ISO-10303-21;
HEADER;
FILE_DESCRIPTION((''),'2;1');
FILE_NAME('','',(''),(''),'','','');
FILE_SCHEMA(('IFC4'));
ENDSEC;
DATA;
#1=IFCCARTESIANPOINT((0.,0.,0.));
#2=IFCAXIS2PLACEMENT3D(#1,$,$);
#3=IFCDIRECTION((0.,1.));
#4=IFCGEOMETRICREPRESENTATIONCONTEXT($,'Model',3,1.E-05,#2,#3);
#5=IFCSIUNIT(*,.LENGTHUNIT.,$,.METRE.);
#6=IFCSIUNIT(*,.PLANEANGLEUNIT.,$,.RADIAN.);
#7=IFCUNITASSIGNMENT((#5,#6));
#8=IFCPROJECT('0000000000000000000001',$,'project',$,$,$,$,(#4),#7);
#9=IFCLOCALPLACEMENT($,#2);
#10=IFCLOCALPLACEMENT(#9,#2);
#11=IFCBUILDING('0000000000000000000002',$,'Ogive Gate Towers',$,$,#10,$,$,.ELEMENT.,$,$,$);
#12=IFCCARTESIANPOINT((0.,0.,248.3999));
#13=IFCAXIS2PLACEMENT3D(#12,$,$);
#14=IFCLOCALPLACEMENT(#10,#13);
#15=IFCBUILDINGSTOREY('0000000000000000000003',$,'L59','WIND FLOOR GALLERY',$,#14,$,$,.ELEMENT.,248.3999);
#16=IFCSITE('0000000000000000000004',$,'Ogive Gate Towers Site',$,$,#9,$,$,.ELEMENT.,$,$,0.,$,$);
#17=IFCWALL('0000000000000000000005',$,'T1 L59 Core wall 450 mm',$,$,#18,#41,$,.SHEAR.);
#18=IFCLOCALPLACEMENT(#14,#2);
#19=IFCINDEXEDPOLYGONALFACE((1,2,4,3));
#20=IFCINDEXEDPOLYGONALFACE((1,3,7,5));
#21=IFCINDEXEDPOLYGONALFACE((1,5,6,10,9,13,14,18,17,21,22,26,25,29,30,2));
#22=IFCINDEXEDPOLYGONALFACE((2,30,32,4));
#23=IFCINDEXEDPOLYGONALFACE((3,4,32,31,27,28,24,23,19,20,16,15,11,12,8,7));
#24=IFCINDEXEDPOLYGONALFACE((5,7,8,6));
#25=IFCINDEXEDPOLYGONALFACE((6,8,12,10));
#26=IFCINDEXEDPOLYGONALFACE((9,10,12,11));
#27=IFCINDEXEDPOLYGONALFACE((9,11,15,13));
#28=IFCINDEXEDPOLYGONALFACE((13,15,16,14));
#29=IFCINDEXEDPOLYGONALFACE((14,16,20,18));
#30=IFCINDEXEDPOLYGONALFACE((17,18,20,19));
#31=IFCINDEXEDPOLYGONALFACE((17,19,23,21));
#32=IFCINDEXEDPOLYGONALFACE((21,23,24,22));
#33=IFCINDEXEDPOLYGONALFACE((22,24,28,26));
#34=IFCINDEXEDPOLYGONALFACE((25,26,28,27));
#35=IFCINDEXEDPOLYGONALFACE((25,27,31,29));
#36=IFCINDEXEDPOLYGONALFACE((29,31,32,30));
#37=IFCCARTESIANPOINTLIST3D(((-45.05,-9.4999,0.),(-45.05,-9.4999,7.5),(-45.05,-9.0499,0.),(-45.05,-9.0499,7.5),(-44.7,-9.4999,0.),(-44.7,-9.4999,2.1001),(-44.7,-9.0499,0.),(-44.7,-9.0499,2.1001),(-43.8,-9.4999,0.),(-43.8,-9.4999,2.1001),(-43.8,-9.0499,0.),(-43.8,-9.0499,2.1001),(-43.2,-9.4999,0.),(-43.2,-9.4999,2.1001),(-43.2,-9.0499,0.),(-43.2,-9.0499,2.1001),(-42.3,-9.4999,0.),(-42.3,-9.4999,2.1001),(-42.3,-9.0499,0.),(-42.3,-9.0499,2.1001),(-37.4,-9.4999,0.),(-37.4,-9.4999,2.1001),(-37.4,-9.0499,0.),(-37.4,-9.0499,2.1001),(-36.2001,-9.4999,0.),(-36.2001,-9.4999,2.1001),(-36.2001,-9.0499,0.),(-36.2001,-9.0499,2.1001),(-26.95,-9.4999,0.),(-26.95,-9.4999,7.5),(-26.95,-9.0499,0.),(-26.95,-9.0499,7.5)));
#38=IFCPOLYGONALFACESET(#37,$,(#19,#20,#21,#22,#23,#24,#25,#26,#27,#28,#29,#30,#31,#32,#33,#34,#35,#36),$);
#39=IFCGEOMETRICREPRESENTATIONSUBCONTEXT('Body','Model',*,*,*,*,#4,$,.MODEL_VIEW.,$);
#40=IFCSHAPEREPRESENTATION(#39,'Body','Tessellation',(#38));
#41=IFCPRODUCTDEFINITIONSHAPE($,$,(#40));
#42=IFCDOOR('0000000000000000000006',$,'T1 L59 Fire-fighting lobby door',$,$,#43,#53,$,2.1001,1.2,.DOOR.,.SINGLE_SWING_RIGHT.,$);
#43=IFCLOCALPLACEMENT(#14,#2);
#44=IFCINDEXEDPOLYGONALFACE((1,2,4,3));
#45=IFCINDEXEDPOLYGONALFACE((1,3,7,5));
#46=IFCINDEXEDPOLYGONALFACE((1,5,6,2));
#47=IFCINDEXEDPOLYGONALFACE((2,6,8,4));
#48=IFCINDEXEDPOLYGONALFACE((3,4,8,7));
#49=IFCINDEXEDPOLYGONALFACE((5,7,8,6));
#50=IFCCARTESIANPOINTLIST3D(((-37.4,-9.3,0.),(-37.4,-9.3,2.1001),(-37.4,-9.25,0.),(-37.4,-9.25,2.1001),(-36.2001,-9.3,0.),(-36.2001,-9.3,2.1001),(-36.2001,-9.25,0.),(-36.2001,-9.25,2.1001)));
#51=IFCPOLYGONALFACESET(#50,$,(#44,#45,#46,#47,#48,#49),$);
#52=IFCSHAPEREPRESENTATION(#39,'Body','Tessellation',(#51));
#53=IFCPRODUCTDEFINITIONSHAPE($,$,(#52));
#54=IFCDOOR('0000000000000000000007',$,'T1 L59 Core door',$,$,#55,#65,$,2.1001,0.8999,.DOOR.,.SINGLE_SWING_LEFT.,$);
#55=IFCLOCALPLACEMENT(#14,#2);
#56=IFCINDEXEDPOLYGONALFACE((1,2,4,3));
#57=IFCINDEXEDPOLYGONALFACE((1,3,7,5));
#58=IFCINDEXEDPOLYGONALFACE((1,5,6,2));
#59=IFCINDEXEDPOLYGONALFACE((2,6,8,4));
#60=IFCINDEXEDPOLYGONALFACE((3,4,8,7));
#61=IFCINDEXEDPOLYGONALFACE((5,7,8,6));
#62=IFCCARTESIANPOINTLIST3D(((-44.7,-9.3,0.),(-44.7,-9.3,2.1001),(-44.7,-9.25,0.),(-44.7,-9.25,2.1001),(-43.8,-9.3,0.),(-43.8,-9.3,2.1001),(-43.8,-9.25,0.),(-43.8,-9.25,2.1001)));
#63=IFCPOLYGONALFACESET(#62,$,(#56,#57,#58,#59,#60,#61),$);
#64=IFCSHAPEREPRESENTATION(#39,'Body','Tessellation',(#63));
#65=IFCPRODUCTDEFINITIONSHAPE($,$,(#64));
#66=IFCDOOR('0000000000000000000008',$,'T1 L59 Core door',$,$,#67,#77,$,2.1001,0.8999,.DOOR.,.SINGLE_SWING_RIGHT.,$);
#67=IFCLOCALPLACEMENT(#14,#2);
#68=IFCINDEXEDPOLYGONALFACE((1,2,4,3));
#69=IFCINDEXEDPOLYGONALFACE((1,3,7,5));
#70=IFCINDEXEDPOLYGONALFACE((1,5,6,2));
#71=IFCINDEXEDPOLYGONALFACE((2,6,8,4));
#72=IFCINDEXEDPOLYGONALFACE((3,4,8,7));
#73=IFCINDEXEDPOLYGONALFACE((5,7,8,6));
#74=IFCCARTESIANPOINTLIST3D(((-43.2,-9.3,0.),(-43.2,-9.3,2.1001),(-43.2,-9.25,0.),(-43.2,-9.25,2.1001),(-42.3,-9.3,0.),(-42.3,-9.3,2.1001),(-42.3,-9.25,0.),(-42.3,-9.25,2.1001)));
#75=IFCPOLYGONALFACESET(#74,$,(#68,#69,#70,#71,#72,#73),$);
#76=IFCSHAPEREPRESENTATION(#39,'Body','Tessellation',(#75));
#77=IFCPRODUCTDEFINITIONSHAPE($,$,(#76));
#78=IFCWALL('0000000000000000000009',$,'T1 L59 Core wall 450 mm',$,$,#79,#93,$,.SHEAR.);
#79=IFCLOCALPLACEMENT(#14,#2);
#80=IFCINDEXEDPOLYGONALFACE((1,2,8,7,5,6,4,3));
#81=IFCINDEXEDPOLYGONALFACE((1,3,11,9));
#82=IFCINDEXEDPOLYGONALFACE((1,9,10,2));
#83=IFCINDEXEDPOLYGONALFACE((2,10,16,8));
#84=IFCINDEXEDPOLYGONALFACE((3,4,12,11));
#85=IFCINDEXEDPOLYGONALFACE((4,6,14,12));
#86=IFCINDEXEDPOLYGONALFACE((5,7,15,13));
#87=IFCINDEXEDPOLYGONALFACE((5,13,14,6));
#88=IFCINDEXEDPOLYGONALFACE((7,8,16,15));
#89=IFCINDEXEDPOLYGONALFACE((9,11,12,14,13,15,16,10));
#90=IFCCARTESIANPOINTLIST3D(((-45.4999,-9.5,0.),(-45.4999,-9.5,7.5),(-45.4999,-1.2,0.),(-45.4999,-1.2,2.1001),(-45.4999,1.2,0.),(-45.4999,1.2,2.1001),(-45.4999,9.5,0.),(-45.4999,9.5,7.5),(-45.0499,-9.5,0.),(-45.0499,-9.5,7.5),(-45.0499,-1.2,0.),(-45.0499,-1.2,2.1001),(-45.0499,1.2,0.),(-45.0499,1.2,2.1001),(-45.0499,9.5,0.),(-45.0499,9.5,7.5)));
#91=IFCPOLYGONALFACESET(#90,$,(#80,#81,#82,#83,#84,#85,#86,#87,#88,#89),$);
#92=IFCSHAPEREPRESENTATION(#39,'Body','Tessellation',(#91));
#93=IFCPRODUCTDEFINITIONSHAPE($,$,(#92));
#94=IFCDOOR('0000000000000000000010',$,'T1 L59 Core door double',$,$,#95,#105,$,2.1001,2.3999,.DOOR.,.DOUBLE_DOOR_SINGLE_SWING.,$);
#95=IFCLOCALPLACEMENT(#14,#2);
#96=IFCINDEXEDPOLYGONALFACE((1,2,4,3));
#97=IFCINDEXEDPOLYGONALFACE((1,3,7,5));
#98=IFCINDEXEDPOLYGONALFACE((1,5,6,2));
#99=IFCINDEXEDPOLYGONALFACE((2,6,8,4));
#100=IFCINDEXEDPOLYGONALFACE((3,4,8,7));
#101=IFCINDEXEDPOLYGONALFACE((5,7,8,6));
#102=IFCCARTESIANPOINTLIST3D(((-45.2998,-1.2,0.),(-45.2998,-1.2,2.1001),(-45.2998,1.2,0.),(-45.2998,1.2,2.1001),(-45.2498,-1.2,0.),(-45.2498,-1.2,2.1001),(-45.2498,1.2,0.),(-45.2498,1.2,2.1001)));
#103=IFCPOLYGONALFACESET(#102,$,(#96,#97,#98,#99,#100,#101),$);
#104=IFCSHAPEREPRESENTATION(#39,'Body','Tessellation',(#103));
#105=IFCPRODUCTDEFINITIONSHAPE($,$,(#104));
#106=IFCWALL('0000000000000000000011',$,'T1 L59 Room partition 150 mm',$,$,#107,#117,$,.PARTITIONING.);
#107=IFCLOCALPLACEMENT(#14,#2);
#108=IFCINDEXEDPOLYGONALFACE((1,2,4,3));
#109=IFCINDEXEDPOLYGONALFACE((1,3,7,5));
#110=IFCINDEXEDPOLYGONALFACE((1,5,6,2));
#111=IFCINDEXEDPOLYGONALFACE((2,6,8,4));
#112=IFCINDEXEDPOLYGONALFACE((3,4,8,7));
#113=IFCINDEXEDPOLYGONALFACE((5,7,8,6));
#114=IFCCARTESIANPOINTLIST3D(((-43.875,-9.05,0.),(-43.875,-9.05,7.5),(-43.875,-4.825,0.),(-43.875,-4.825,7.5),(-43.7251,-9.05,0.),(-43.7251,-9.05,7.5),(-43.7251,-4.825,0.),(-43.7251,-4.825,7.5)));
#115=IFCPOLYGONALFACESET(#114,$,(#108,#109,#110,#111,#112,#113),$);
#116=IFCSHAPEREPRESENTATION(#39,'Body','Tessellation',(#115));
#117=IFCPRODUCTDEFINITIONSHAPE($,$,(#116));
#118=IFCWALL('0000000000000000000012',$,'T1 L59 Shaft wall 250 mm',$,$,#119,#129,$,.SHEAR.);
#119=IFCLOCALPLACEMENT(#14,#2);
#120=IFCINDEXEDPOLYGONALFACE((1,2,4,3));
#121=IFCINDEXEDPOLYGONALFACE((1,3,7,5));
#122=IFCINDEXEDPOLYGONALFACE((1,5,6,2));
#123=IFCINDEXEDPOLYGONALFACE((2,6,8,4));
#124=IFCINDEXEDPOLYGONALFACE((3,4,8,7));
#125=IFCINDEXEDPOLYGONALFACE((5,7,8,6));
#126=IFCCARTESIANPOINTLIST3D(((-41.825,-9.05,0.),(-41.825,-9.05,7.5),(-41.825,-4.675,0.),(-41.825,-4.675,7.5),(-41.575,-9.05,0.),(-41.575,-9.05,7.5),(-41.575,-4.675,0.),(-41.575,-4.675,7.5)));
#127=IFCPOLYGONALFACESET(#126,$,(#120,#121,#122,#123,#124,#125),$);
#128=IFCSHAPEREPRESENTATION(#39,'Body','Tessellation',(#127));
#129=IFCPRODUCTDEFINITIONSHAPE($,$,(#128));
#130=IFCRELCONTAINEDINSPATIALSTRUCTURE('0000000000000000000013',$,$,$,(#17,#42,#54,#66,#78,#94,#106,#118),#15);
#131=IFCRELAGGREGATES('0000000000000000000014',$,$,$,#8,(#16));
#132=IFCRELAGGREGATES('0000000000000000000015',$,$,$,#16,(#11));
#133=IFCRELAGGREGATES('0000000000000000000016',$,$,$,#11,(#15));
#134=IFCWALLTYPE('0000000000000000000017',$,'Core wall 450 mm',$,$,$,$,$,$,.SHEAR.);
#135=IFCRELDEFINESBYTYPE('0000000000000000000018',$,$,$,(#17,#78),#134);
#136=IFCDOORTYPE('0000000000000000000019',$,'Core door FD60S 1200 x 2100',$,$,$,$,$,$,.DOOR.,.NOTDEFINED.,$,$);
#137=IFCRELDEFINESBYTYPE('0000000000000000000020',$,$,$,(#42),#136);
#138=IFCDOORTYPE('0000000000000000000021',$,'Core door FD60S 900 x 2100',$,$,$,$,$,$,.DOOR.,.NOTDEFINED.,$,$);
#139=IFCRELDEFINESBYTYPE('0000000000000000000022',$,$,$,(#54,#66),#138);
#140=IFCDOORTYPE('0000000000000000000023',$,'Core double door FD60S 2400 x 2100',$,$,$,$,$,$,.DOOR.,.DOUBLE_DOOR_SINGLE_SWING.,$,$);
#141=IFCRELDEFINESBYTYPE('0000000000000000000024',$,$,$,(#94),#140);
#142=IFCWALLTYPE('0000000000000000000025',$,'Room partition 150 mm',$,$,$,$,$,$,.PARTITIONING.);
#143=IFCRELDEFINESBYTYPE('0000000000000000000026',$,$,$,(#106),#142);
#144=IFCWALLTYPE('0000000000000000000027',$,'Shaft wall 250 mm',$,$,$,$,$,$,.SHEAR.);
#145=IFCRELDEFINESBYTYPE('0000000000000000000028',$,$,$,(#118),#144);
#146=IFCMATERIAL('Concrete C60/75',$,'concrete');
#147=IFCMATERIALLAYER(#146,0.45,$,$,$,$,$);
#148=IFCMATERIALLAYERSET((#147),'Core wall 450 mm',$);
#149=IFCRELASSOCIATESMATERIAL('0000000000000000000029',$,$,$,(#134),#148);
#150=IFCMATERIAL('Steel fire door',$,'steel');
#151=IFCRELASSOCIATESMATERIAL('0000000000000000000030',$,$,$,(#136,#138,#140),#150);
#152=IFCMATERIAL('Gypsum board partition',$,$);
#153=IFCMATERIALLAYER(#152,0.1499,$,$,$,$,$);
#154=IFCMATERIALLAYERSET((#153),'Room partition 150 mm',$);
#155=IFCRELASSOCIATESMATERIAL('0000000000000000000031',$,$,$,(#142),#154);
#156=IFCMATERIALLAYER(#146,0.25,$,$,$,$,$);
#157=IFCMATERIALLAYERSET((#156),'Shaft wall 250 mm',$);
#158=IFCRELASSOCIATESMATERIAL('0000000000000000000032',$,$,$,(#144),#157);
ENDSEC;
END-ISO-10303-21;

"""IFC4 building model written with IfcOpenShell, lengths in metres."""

from ifc_helpers import new_model, si_unit, direction, frame, frame_2d, origin, place, context, subcontext, project, spatial, rectangle, extrude, material, layer, layer_set, type_object, element, fill, save


model = new_model("IFC4")

# Units and contexts
model_context = context("Model", 3, precision=1e-05, world=origin(), true_north=direction((0.0, 1.0)))
body_context = subcontext(model_context, "Body", "Model", "MODEL_VIEW")
ifc_project = project(units=[si_unit("LENGTHUNIT", "METRE"), si_unit("PLANEANGLEUNIT", "RADIAN")], contexts=[model_context])

# Site, building, storey
site_placement = place(None, origin())
site = spatial("IfcSite", under=ifc_project, at=site_placement, Name="Ogive Gate Towers Site", CompositionType="ELEMENT", RefElevation=0.0)
building_placement = place(site_placement, origin())
building = spatial("IfcBuilding", under=site, at=building_placement, Name="Ogive Gate Towers", CompositionType="ELEMENT")
storey_placement = place(building_placement, frame((0.0, 0.0, 248.3999)))
storey = spatial("IfcBuildingStorey", under=building, at=storey_placement, Name="L59", Description="WIND FLOOR GALLERY", CompositionType="ELEMENT", Elevation=248.3999)

# Wall, openings, doors
ifc_material_1 = material(Name="Concrete C60/75", Category="concrete")
ifc_layer_1 = layer(ifc_material_1, 0.45)
ifc_layer_set_1 = layer_set([ifc_layer_1], Name="Core wall 450 mm")
wall_type_1 = type_object("IfcWallType", Name="Core wall 450 mm", PredefinedType="SHEAR", material=ifc_layer_set_1)
wall_1_placement = place(storey_placement, frame((-45.05, -9.2749, 0.0), z_axis=(0.0, 0.0, 1.0), x_axis=(1.0, 0.0, 0.0)))
wall_1 = element("IfcWall", 1, at=wall_1_placement, inside=storey, type_object=wall_type_1, Name="T1 L59 Core wall 450 mm", PredefinedType="SHEAR", context=body_context, shape_type="SweptSolid", body=[
    extrude(rectangle(XDim=18.1001, YDim=0.45, at=frame_2d((9.05, 0.0))), origin(), (0.0, 0.0, 1.0), 7.5),
])
opening_1_placement = place(wall_1_placement, frame((7.6499, 0.0, 0.0)))
opening_1 = element("IfcOpeningElement", 2, at=opening_1_placement, cuts=wall_1, PredefinedType="OPENING", context=body_context, shape_type="SweptSolid", body=[
    extrude(rectangle(XDim=1.2, YDim=2.1001, at=frame_2d((0.6001, 1.05))), frame((0.0, 0.2349, 0.0), z_axis=(0.0, -1.0, 0.0), x_axis=(1.0, 0.0, 0.0)), (0.0, 0.0, 1.0), 0.47),
])
opening_2_placement = place(wall_1_placement, frame((0.3501, 0.0, 0.0)))
opening_2 = element("IfcOpeningElement", 3, at=opening_2_placement, cuts=wall_1, PredefinedType="OPENING", context=body_context, shape_type="SweptSolid", body=[
    extrude(rectangle(XDim=0.8999, YDim=2.1001, at=frame_2d((0.45, 1.05))), frame((0.0, 0.2349, 0.0), z_axis=(0.0, -1.0, 0.0), x_axis=(1.0, 0.0, 0.0)), (0.0, 0.0, 1.0), 0.47),
])
opening_3_placement = place(wall_1_placement, frame((1.8501, 0.0, 0.0)))
opening_3 = element("IfcOpeningElement", 4, at=opening_3_placement, cuts=wall_1, PredefinedType="OPENING", context=body_context, shape_type="SweptSolid", body=[
    extrude(rectangle(XDim=0.8999, YDim=2.1001, at=frame_2d((0.45, 1.05))), frame((0.0, 0.2349, 0.0), z_axis=(0.0, -1.0, 0.0), x_axis=(1.0, 0.0, 0.0)), (0.0, 0.0, 1.0), 0.47),
])
ifc_material_2 = material(Name="Steel fire door", Category="steel")
door_type_1 = type_object("IfcDoorType", Name="Core door FD60S 1200 x 2100", OperationType="NOTDEFINED", PredefinedType="DOOR", material=ifc_material_2)
door_1_placement = place(opening_1_placement, origin())
door_1 = element("IfcDoor", 5, at=door_1_placement, inside=storey, type_object=door_type_1, Name="T1 L59 Fire-fighting lobby door", OperationType="SINGLE_SWING_RIGHT", OverallHeight=2.1001, OverallWidth=1.2, PredefinedType="DOOR", context=body_context, shape_type="SweptSolid", body=[
    extrude(rectangle(XDim=1.2, YDim=2.1001, at=frame_2d((0.6001, 1.05))), frame((0.0, 0.0249, 0.0), z_axis=(0.0, -1.0, 0.0), x_axis=(1.0, 0.0, 0.0)), (0.0, 0.0, 1.0), 0.05),
])
fill(opening_1, door_1)
door_type_2 = type_object("IfcDoorType", Name="Core door FD60S 900 x 2100", OperationType="NOTDEFINED", PredefinedType="DOOR", material=ifc_material_2)
door_2_placement = place(opening_2_placement, origin())
door_2 = element("IfcDoor", 6, at=door_2_placement, inside=storey, type_object=door_type_2, Name="T1 L59 Core door", OperationType="SINGLE_SWING_LEFT", OverallHeight=2.1001, OverallWidth=0.8999, PredefinedType="DOOR", context=body_context, shape_type="SweptSolid", body=[
    extrude(rectangle(XDim=0.8999, YDim=2.1001, at=frame_2d((0.45, 1.05))), frame((0.0, 0.0249, 0.0), z_axis=(0.0, -1.0, 0.0), x_axis=(1.0, 0.0, 0.0)), (0.0, 0.0, 1.0), 0.05),
])
fill(opening_2, door_2)
door_3_placement = place(opening_3_placement, origin())
door_3 = element("IfcDoor", 7, at=door_3_placement, inside=storey, type_object=door_type_2, Name="T1 L59 Core door", OperationType="SINGLE_SWING_RIGHT", OverallHeight=2.1001, OverallWidth=0.8999, PredefinedType="DOOR", context=body_context, shape_type="SweptSolid", body=[
    extrude(rectangle(XDim=0.8999, YDim=2.1001, at=frame_2d((0.45, 1.05))), frame((0.0, 0.0249, 0.0), z_axis=(0.0, -1.0, 0.0), x_axis=(1.0, 0.0, 0.0)), (0.0, 0.0, 1.0), 0.05),
])
fill(opening_3, door_3)

# Wall, opening, door
wall_2_placement = place(storey_placement, frame((-45.2749, -9.5, 0.0), z_axis=(0.0, 0.0, 1.0), x_axis=(0.0, 1.0, 0.0)))
wall_2 = element("IfcWall", 8, at=wall_2_placement, inside=storey, type_object=wall_type_1, Name="T1 L59 Core wall 450 mm", PredefinedType="SHEAR", context=body_context, shape_type="SweptSolid", body=[
    extrude(rectangle(XDim=19.0, YDim=0.45, at=frame_2d((9.5, 0.0))), origin(), (0.0, 0.0, 1.0), 7.5),
])
opening_4_placement = place(wall_2_placement, frame((8.3, 0.0, 0.0)))
opening_4 = element("IfcOpeningElement", 9, at=opening_4_placement, cuts=wall_2, PredefinedType="OPENING", context=body_context, shape_type="SweptSolid", body=[
    extrude(rectangle(XDim=2.3999, YDim=2.1001, at=frame_2d((1.2, 1.05))), frame((0.0, 0.2349, 0.0), z_axis=(0.0, -1.0, 0.0), x_axis=(1.0, 0.0, 0.0)), (0.0, 0.0, 1.0), 0.47),
])
door_type_3 = type_object("IfcDoorType", Name="Core double door FD60S 2400 x 2100", OperationType="DOUBLE_DOOR_SINGLE_SWING", PredefinedType="DOOR", material=ifc_material_2)
door_4_placement = place(opening_4_placement, origin())
door_4 = element("IfcDoor", 10, at=door_4_placement, inside=storey, type_object=door_type_3, Name="T1 L59 Core door double", OperationType="DOUBLE_DOOR_SINGLE_SWING", OverallHeight=2.1001, OverallWidth=2.3999, PredefinedType="DOOR", context=body_context, shape_type="SweptSolid", body=[
    extrude(rectangle(XDim=2.3999, YDim=2.1001, at=frame_2d((1.2, 1.05))), frame((0.0, 0.0249, 0.0), z_axis=(0.0, -1.0, 0.0), x_axis=(1.0, 0.0, 0.0)), (0.0, 0.0, 1.0), 0.05),
])
fill(opening_4, door_4)

# Walls
ifc_material_3 = material(Name="Gypsum board partition")
ifc_layer_2 = layer(ifc_material_3, 0.1499)
ifc_layer_set_2 = layer_set([ifc_layer_2], Name="Room partition 150 mm")
wall_type_2 = type_object("IfcWallType", Name="Room partition 150 mm", PredefinedType="PARTITIONING", material=ifc_layer_set_2)
wall_3_placement = place(storey_placement, frame((-43.8, -9.05, 0.0), z_axis=(0.0, 0.0, 1.0), x_axis=(0.0, 1.0, 0.0)))
element("IfcWall", 11, at=wall_3_placement, inside=storey, type_object=wall_type_2, Name="T1 L59 Room partition 150 mm", PredefinedType="PARTITIONING", context=body_context, shape_type="SweptSolid", body=[
    extrude(rectangle(XDim=4.2251, YDim=0.1499, at=frame_2d((2.1125, 0.0))), origin(), (0.0, 0.0, 1.0), 7.5),
])
ifc_layer_3 = layer(ifc_material_1, 0.25)
ifc_layer_set_3 = layer_set([ifc_layer_3], Name="Shaft wall 250 mm")
wall_type_3 = type_object("IfcWallType", Name="Shaft wall 250 mm", PredefinedType="SHEAR", material=ifc_layer_set_3)
wall_4_placement = place(storey_placement, frame((-41.7, -9.05, 0.0), z_axis=(0.0, 0.0, 1.0), x_axis=(0.0, 1.0, 0.0)))
element("IfcWall", 12, at=wall_4_placement, inside=storey, type_object=wall_type_3, Name="T1 L59 Shaft wall 250 mm", PredefinedType="SHEAR", context=body_context, shape_type="SweptSolid", body=[
    extrude(rectangle(XDim=4.375, YDim=0.25, at=frame_2d((2.1875, 0.0))), origin(), (0.0, 0.0, 1.0), 7.5),
])

save(model, "model.ifc")
